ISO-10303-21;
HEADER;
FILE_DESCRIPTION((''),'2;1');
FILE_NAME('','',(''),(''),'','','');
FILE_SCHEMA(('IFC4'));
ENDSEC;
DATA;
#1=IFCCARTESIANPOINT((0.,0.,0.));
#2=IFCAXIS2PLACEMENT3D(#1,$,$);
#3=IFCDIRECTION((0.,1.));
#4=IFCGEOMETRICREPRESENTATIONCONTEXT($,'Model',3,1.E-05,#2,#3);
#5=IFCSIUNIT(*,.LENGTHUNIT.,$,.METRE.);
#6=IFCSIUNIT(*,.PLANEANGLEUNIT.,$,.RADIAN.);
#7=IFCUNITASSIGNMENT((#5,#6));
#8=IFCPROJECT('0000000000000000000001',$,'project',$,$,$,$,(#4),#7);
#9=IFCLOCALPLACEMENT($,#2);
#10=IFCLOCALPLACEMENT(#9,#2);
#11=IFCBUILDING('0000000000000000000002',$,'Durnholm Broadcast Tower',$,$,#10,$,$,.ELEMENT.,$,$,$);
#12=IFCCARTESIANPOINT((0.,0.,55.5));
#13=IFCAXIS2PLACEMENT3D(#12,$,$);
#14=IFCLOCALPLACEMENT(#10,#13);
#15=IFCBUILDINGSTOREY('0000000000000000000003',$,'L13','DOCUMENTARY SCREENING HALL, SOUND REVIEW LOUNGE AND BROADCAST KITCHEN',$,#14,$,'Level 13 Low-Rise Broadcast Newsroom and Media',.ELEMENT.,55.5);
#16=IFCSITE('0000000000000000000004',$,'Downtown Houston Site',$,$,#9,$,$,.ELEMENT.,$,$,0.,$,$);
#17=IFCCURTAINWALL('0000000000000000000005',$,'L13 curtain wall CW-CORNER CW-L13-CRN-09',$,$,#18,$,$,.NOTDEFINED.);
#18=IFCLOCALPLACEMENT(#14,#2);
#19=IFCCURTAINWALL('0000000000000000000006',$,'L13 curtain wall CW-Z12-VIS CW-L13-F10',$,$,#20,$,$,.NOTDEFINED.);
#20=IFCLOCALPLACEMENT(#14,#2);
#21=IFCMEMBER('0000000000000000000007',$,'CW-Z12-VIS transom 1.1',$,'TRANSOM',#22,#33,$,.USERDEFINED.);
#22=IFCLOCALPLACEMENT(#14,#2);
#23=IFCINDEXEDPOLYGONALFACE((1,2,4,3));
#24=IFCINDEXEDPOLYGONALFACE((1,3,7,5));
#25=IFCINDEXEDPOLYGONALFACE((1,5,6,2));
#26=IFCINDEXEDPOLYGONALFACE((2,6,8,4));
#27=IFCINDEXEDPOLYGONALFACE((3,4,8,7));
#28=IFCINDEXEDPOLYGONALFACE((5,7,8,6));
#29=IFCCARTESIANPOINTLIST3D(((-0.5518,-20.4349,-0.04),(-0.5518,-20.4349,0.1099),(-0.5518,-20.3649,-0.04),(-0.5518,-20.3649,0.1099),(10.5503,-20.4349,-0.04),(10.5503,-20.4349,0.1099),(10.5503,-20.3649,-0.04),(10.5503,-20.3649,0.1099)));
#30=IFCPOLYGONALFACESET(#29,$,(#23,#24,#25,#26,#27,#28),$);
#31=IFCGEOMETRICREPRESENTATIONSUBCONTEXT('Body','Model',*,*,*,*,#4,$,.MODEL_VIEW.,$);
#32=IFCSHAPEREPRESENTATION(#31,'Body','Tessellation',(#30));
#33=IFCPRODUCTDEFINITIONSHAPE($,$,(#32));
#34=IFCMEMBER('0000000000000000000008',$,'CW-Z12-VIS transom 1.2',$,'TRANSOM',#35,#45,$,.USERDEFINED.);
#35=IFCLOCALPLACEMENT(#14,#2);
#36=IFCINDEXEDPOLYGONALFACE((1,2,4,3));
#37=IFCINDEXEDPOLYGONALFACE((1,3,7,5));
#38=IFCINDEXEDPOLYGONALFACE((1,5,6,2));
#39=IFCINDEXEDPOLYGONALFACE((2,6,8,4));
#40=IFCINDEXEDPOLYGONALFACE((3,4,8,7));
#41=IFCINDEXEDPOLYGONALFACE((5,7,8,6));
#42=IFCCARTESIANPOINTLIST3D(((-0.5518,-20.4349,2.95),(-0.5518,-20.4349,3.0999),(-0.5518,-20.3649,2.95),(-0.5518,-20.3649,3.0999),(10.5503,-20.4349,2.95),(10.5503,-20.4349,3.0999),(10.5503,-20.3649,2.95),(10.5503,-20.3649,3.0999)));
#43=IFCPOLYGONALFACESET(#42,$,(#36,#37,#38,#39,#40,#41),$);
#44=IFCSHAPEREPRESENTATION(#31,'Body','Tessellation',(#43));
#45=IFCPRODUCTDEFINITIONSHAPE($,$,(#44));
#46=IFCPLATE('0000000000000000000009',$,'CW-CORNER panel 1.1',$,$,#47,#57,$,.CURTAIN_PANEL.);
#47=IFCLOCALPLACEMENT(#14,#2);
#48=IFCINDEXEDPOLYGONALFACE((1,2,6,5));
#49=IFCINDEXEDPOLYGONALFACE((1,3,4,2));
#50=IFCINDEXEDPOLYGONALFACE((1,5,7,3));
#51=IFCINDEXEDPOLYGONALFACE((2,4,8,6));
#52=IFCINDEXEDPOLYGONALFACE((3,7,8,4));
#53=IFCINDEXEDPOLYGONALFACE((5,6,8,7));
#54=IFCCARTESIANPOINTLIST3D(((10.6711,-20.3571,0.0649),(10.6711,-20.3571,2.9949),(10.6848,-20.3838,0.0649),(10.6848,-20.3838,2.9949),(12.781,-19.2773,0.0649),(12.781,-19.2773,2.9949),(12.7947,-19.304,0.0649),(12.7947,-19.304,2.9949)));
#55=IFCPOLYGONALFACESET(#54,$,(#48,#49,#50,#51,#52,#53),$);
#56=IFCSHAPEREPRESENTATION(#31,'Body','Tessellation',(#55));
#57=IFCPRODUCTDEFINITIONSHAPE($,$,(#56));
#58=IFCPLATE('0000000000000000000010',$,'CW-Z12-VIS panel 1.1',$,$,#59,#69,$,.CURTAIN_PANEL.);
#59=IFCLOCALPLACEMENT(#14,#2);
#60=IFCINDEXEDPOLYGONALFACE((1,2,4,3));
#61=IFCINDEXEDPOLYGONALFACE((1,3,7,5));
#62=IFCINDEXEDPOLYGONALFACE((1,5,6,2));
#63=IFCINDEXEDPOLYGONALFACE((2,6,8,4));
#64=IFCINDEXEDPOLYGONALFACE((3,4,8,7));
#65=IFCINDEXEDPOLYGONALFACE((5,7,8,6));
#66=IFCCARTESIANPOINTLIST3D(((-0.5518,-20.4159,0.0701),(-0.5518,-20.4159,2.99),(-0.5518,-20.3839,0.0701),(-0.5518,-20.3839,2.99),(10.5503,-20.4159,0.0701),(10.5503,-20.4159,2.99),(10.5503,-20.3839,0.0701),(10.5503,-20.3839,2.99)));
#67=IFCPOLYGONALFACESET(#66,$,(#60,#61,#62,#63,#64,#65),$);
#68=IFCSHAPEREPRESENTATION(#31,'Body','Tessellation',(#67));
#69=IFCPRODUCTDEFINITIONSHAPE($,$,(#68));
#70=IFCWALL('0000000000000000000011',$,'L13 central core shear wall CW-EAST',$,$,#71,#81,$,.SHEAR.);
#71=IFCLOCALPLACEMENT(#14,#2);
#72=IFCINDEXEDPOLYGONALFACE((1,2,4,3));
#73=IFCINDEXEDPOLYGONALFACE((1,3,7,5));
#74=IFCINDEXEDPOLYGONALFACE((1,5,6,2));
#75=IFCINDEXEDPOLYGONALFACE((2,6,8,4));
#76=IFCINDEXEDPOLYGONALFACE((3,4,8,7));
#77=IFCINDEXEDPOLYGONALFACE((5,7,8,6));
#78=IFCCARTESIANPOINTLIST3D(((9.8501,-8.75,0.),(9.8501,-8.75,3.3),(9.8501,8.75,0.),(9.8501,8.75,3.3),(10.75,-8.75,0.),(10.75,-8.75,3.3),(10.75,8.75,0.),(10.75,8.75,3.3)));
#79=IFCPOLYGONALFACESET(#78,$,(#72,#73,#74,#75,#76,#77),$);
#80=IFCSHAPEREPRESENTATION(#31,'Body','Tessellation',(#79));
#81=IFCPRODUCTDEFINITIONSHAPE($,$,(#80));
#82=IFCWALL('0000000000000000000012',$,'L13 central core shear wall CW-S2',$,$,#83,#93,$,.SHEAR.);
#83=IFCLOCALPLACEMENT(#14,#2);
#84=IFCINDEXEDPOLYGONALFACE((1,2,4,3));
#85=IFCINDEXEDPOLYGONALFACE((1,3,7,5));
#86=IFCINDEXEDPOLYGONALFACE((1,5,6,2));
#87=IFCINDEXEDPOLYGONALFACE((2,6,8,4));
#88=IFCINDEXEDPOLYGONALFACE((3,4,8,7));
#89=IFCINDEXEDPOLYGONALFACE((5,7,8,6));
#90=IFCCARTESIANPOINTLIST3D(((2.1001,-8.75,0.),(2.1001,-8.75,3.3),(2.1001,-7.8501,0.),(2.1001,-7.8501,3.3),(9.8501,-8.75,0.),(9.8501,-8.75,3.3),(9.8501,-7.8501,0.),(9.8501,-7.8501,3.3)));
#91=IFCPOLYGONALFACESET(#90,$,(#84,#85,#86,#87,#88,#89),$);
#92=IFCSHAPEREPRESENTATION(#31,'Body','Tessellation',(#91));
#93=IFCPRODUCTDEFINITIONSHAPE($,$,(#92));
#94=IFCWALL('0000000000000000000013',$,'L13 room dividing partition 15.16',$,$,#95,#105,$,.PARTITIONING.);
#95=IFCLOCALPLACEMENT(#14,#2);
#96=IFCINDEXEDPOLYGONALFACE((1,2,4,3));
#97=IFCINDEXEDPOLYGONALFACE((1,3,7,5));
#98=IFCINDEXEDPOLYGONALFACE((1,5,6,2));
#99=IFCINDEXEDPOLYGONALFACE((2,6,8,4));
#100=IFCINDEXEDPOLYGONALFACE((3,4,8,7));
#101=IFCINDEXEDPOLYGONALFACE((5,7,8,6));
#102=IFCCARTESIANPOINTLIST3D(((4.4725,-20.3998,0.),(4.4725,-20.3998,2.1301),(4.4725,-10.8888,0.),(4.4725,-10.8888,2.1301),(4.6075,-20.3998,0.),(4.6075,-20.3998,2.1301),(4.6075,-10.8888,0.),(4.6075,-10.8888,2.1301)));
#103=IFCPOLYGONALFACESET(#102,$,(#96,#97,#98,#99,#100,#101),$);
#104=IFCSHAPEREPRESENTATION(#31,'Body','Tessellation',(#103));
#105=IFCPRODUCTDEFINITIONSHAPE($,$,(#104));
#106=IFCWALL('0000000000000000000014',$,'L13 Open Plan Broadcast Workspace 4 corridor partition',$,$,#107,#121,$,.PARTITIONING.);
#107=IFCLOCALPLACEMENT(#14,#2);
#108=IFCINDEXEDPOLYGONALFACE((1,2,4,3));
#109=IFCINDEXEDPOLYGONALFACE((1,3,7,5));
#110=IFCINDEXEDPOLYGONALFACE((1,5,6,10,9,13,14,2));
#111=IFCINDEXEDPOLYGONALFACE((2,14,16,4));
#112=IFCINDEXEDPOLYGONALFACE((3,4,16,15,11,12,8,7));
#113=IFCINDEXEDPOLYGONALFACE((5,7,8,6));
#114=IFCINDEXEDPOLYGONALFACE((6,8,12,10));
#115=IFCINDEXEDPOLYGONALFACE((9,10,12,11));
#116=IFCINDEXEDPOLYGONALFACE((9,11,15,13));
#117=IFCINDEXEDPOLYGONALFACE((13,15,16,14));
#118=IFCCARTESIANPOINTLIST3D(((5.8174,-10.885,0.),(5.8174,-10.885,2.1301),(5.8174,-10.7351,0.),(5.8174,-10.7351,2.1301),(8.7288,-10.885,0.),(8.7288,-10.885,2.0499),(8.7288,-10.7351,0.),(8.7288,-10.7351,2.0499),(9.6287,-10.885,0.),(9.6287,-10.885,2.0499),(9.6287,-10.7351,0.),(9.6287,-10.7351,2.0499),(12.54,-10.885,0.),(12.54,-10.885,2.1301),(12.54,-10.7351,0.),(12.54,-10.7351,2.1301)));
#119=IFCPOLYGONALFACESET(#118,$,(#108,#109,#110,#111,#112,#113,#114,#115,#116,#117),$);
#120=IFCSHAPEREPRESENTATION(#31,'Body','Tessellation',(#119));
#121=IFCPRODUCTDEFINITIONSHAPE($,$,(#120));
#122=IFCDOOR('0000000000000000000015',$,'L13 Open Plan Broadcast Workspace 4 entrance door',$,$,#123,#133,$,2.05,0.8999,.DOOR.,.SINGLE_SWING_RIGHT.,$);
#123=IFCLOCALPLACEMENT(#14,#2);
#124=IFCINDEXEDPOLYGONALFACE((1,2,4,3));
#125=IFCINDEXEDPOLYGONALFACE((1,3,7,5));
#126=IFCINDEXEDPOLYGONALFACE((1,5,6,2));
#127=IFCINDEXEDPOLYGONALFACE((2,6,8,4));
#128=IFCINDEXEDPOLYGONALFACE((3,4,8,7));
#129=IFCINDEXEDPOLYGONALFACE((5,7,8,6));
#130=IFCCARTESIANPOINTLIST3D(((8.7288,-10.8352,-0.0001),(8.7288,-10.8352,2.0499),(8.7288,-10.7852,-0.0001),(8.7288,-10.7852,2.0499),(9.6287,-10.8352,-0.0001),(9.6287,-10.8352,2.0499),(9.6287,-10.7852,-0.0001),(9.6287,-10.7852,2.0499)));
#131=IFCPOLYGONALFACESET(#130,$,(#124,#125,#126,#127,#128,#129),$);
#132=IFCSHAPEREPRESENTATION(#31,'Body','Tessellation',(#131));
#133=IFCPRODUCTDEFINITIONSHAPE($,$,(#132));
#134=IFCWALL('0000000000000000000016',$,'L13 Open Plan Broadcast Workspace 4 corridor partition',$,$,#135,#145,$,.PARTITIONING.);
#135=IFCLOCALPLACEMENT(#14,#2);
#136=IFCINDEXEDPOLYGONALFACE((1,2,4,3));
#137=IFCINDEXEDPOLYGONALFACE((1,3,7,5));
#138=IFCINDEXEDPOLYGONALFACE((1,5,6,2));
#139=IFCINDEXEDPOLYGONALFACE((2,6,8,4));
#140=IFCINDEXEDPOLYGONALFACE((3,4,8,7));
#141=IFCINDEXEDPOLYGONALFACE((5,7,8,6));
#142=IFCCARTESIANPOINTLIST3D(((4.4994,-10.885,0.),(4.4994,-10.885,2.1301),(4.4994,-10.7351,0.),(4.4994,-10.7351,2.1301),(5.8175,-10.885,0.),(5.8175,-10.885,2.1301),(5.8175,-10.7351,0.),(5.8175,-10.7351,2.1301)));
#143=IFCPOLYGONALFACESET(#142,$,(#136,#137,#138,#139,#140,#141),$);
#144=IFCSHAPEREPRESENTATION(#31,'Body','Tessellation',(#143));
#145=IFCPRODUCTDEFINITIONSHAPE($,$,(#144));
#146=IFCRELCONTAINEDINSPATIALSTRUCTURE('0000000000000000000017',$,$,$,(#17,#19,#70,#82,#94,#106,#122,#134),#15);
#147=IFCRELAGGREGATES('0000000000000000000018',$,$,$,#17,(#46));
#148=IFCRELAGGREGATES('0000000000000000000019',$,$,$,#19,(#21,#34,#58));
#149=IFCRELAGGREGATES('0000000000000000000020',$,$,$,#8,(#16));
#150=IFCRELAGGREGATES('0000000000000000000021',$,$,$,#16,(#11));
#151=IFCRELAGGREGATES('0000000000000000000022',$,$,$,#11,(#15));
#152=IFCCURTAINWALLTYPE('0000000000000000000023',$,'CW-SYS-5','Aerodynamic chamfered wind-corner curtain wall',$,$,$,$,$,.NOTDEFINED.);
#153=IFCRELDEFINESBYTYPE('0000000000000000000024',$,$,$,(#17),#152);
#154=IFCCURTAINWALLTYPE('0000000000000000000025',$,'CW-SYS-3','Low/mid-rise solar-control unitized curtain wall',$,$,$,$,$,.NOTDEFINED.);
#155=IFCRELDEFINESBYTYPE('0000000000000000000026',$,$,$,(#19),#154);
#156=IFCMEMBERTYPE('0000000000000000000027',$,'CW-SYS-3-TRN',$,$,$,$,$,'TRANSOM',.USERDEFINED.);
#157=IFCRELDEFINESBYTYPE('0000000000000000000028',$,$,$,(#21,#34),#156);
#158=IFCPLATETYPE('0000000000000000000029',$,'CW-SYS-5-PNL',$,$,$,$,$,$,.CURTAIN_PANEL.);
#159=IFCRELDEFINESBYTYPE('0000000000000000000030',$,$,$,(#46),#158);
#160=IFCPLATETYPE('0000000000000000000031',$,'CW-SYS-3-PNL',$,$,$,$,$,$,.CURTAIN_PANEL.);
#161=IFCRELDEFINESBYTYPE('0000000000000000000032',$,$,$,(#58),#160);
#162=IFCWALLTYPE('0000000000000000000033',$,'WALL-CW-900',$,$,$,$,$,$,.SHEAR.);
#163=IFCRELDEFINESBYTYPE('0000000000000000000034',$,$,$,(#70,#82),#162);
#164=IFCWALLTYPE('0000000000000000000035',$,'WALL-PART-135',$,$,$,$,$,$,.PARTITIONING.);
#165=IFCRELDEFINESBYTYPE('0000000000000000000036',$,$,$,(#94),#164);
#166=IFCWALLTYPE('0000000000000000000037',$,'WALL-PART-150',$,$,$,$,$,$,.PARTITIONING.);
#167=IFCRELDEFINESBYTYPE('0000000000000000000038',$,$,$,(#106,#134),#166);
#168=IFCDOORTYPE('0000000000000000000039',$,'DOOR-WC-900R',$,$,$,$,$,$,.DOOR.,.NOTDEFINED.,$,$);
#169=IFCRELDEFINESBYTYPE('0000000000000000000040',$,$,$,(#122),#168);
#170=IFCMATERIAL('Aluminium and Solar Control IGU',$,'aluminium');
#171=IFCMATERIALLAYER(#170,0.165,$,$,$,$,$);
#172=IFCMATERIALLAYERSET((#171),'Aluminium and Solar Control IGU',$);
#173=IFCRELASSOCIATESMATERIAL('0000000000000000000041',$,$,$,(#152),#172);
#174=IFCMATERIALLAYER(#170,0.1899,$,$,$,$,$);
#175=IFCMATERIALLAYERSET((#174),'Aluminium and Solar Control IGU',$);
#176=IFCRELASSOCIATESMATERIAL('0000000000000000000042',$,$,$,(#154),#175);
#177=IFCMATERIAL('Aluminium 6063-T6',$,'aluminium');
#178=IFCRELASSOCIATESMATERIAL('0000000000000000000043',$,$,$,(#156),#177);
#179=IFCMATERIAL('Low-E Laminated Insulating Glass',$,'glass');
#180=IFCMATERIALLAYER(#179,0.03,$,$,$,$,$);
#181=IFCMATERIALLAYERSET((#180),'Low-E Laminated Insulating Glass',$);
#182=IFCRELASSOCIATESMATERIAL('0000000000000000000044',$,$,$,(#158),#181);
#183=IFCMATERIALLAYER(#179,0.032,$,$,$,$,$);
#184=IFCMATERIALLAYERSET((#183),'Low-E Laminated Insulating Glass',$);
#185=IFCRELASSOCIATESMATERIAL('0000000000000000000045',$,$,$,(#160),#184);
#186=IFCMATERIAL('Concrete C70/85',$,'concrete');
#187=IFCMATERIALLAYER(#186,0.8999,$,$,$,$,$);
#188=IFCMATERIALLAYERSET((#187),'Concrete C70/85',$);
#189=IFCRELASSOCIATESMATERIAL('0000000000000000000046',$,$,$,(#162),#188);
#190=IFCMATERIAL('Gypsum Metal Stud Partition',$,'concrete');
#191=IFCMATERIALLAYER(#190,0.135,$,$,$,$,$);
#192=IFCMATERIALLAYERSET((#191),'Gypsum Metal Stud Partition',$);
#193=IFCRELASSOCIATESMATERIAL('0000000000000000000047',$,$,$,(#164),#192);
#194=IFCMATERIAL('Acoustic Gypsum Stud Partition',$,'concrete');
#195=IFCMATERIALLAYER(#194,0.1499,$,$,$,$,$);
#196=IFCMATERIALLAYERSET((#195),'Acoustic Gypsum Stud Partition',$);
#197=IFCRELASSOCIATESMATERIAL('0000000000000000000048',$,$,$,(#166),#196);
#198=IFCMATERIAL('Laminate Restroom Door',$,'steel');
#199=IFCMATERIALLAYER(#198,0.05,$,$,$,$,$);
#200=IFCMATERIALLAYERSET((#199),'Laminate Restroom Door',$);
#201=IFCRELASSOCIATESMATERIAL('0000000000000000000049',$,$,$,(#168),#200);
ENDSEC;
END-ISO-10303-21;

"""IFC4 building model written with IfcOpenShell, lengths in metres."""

from ifc_helpers import new_model, si_unit, direction, frame, frame_2d, origin, origin_2d, place, context, subcontext, project, spatial, rectangle, extrude, source, transform, mapped, material, layer, layer_set, material_profile, profile_set, type_object, type_shapes, element, fill, aggregate, save


model = new_model("IFC4")

# Units and contexts
model_context = context("Model", 3, precision=1e-05, world=origin(), true_north=direction((0.0, 1.0)))
body_context = subcontext(model_context, "Body", "Model", "MODEL_VIEW")
ifc_project = project(units=[si_unit("LENGTHUNIT", "METRE"), si_unit("PLANEANGLEUNIT", "RADIAN")], contexts=[model_context])

# Site, building, storey
site_placement = place(None, origin())
site = spatial("IfcSite", under=ifc_project, at=site_placement, Name="Downtown Houston Site", CompositionType="ELEMENT", RefElevation=0.0)
building_placement = place(site_placement, origin())
building = spatial("IfcBuilding", under=site, at=building_placement, Name="Durnholm Broadcast Tower", CompositionType="ELEMENT")
storey_placement = place(building_placement, frame((0.0, 0.0, 55.5)))
storey = spatial("IfcBuildingStorey", under=building, at=storey_placement, Name="L13", Description="DOCUMENTARY SCREENING HALL, SOUND REVIEW LOUNGE AND BROADCAST KITCHEN", LongName="Level 13 Low-Rise Broadcast Newsroom and Media", CompositionType="ELEMENT", Elevation=55.5)

# Shared definitions
ifc_material_1 = material(Name="Concrete C70/85", Category="concrete")

# Curtain wall
ifc_material_2 = material(Name="Aluminium and Solar Control IGU", Category="aluminium")
ifc_layer_1 = layer(ifc_material_2, 0.165)
ifc_layer_set_1 = layer_set([ifc_layer_1], Name="Aluminium and Solar Control IGU")
curtain_wall_type_1 = type_object("IfcCurtainWallType", Name="CW-SYS-5", Description="Aerodynamic chamfered wind-corner curtain wall", PredefinedType="NOTDEFINED", material=ifc_layer_set_1)
curtain_wall_1_placement = place(storey_placement, origin())
curtain_wall_1 = element("IfcCurtainWall", 1, at=curtain_wall_1_placement, inside=storey, type_object=curtain_wall_type_1, Name="L13 curtain wall CW-CORNER CW-L13-CRN-09", PredefinedType="NOTDEFINED")
ifc_material_3 = material(Name="Aluminium 6063-T6", Category="aluminium")

# Curtain wall, members
ifc_layer_2 = layer(ifc_material_2, 0.1899)
ifc_layer_set_2 = layer_set([ifc_layer_2], Name="Aluminium and Solar Control IGU")
curtain_wall_type_2 = type_object("IfcCurtainWallType", Name="CW-SYS-3", Description="Low/mid-rise solar-control unitized curtain wall", PredefinedType="NOTDEFINED", material=ifc_layer_set_2)
curtain_wall_2_placement = place(storey_placement, origin())
curtain_wall_2 = element("IfcCurtainWall", 2, at=curtain_wall_2_placement, inside=storey, type_object=curtain_wall_type_2, Name="L13 curtain wall CW-Z12-VIS CW-L13-F10", PredefinedType="NOTDEFINED")
ifc_material_profile_1 = material_profile(ifc_material_3, rectangle(XDim=0.0701, YDim=0.1499, at=origin_2d()), Name="CWT70X150")
ifc_profile_set_1 = profile_set([ifc_material_profile_1], Name="Aluminium 6063-T6")
member_type_1 = type_object("IfcMemberType", Name="CW-SYS-3-TRN", ElementType="TRANSOM", PredefinedType="USERDEFINED", material=ifc_profile_set_1)
shared_shape_1 = source(origin(), body_context, "Body", "SweptSolid", [
    extrude(rectangle(XDim=0.0701, YDim=0.1499, at=origin_2d()), origin(), (0.0, 0.0, 1.0), 11.1021),
])
type_shapes(member_type_1, [shared_shape_1])
member_1_placement = place(storey_placement, frame((10.5503, -20.3999, 0.0349), z_axis=(-1.0, 0.0, 0.0), x_axis=(0.0, -1.0, 0.0)))
member_1 = element("IfcMember", 3, at=member_1_placement, type_object=member_type_1, Name="CW-Z12-VIS transom 1.1", ObjectType="TRANSOM", PredefinedType="USERDEFINED", context=body_context, shape_type="MappedRepresentation", body=[
    mapped(shared_shape_1, transform((0.0, 0.0, 0.0), x_axis=(1.0, 0.0, 0.0), y_axis=(0.0, 1.0, 0.0), z_axis=(0.0, 0.0, 1.0), scale=1.0)),
])
member_2_placement = place(storey_placement, frame((10.5503, -20.3999, 3.0249), z_axis=(-1.0, 0.0, 0.0), x_axis=(0.0, -1.0, 0.0)))
member_2 = element("IfcMember", 4, at=member_2_placement, type_object=member_type_1, Name="CW-Z12-VIS transom 1.2", ObjectType="TRANSOM", PredefinedType="USERDEFINED", context=body_context, shape_type="MappedRepresentation", body=[
    mapped(shared_shape_1, transform((0.0, 0.0, 0.0), x_axis=(1.0, 0.0, 0.0), y_axis=(0.0, 1.0, 0.0), z_axis=(0.0, 0.0, 1.0), scale=1.0)),
])

# Plates
ifc_material_4 = material(Name="Low-E Laminated Insulating Glass", Category="glass")
ifc_layer_3 = layer(ifc_material_4, 0.03)
ifc_layer_set_3 = layer_set([ifc_layer_3], Name="Low-E Laminated Insulating Glass")
plate_type_1 = type_object("IfcPlateType", Name="CW-SYS-5-PNL", PredefinedType="CURTAIN_PANEL", material=ifc_layer_set_3)
shared_shape_2 = source(origin(), body_context, "Body", "SweptSolid", [
    extrude(rectangle(XDim=2.3701, YDim=0.03, at=origin_2d()), origin(), (0.0, 0.0, 1.0), 2.9299),
])
type_shapes(plate_type_1, [shared_shape_2])
plate_1_placement = place(storey_placement, frame((11.7329, -19.8306, 0.0649), z_axis=(0.0, 0.0, 1.0), x_axis=(-0.890188, -0.455594, 0.0)))
plate_1 = element("IfcPlate", 5, at=plate_1_placement, type_object=plate_type_1, Name="CW-CORNER panel 1.1", PredefinedType="CURTAIN_PANEL", context=body_context, shape_type="MappedRepresentation", body=[
    mapped(shared_shape_2, transform((0.0, 0.0, 0.0), x_axis=(1.0, 0.0, 0.0), y_axis=(0.0, 1.0, 0.0), z_axis=(0.0, 0.0, 1.0), scale=1.0)),
])
aggregate(curtain_wall_1, [plate_1])
ifc_layer_4 = layer(ifc_material_4, 0.032)
ifc_layer_set_4 = layer_set([ifc_layer_4], Name="Low-E Laminated Insulating Glass")
plate_type_2 = type_object("IfcPlateType", Name="CW-SYS-3-PNL", PredefinedType="CURTAIN_PANEL", material=ifc_layer_set_4)
shared_shape_3 = source(origin(), body_context, "Body", "SweptSolid", [
    extrude(rectangle(XDim=11.1021, YDim=0.032, at=origin_2d()), origin(), (0.0, 0.0, 1.0), 2.9199),
])
type_shapes(plate_type_2, [shared_shape_3])
plate_2_placement = place(storey_placement, frame((4.9993, -20.3999, 0.0701), z_axis=(0.0, 0.0, 1.0), x_axis=(-1.0, 0.0, 0.0)))
plate_2 = element("IfcPlate", 6, at=plate_2_placement, type_object=plate_type_2, Name="CW-Z12-VIS panel 1.1", PredefinedType="CURTAIN_PANEL", context=body_context, shape_type="MappedRepresentation", body=[
    mapped(shared_shape_3, transform((0.0, 0.0, 0.0), x_axis=(1.0, 0.0, 0.0), y_axis=(0.0, 1.0, 0.0), z_axis=(0.0, 0.0, 1.0), scale=1.0)),
])
aggregate(curtain_wall_2, [member_1, member_2, plate_2])

# Walls
ifc_layer_5 = layer(ifc_material_1, 0.8999)
ifc_layer_set_5 = layer_set([ifc_layer_5], Name="Concrete C70/85")
wall_type_1 = type_object("IfcWallType", Name="WALL-CW-900", PredefinedType="SHEAR", material=ifc_layer_set_5)
wall_1_placement = place(storey_placement, frame((10.3, -8.75, 0.0), z_axis=(0.0, 0.0, 1.0), x_axis=(0.0, 1.0, 0.0)))
element("IfcWall", 7, at=wall_1_placement, inside=storey, type_object=wall_type_1, Name="L13 central core shear wall CW-EAST", PredefinedType="SHEAR", context=body_context, shape_type="SweptSolid", body=[
    extrude(rectangle(XDim=17.5, YDim=0.8999, at=frame_2d((8.75, 0.0))), origin(), (0.0, 0.0, 1.0), 3.3),
])
wall_2_placement = place(storey_placement, frame((2.1001, -8.3, 0.0), z_axis=(0.0, 0.0, 1.0), x_axis=(1.0, 0.0, 0.0)))
element("IfcWall", 8, at=wall_2_placement, inside=storey, type_object=wall_type_1, Name="L13 central core shear wall CW-S2", PredefinedType="SHEAR", context=body_context, shape_type="SweptSolid", body=[
    extrude(rectangle(XDim=7.75, YDim=0.8999, at=frame_2d((3.875, 0.0))), origin(), (0.0, 0.0, 1.0), 3.3),
])
ifc_material_5 = material(Name="Gypsum Metal Stud Partition", Category="concrete")
ifc_layer_6 = layer(ifc_material_5, 0.135)
ifc_layer_set_6 = layer_set([ifc_layer_6], Name="Gypsum Metal Stud Partition")
wall_type_2 = type_object("IfcWallType", Name="WALL-PART-135", PredefinedType="PARTITIONING", material=ifc_layer_set_6)
wall_3_placement = place(storey_placement, frame((4.54, -10.8889, 0.0), z_axis=(0.0, 0.0, 1.0), x_axis=(0.0, -1.0, 0.0)))
element("IfcWall", 9, at=wall_3_placement, inside=storey, type_object=wall_type_2, Name="L13 room dividing partition 15.16", PredefinedType="PARTITIONING", context=body_context, shape_type="SweptSolid", body=[
    extrude(rectangle(XDim=9.511, YDim=0.135, at=frame_2d((4.7554, 0.0))), origin(), (0.0, 0.0, 1.0), 2.1301),
])

# Wall, opening, door
ifc_material_6 = material(Name="Acoustic Gypsum Stud Partition", Category="concrete")
ifc_layer_7 = layer(ifc_material_6, 0.1499)
ifc_layer_set_7 = layer_set([ifc_layer_7], Name="Acoustic Gypsum Stud Partition")
wall_type_3 = type_object("IfcWallType", Name="WALL-PART-150", PredefinedType="PARTITIONING", material=ifc_layer_set_7)
wall_4_placement = place(storey_placement, frame((5.8174, -10.8101, 0.0), z_axis=(0.0, 0.0, 1.0), x_axis=(1.0, 0.0, 0.0)))
wall_4 = element("IfcWall", 10, at=wall_4_placement, inside=storey, type_object=wall_type_3, Name="L13 Open Plan Broadcast Workspace 4 corridor partition", PredefinedType="PARTITIONING", context=body_context, shape_type="SweptSolid", body=[
    extrude(rectangle(XDim=6.7227, YDim=0.1499, at=frame_2d((3.3613, 0.0))), origin(), (0.0, 0.0, 1.0), 2.1301),
])
opening_placement = place(wall_4_placement, frame((2.9114, 0.0, 0.0)))
opening = element("IfcOpeningElement", 11, at=opening_placement, cuts=wall_4, PredefinedType="OPENING", context=body_context, shape_type="SweptSolid", body=[
    extrude(rectangle(XDim=0.8999, YDim=2.05, at=frame_2d((0.45, 1.0249))), frame((0.0, 0.085, 0.0), z_axis=(0.0, -1.0, 0.0), x_axis=(1.0, 0.0, 0.0)), (0.0, 0.0, 1.0), 0.1699),
])
ifc_material_7 = material(Name="Laminate Restroom Door", Category="steel")
ifc_layer_8 = layer(ifc_material_7, 0.05)
ifc_layer_set_8 = layer_set([ifc_layer_8], Name="Laminate Restroom Door")
door_type = type_object("IfcDoorType", Name="DOOR-WC-900R", OperationType="NOTDEFINED", PredefinedType="DOOR", material=ifc_layer_set_8)
shared_shape_4 = source(origin(), body_context, "Body", "SweptSolid", [
    extrude(rectangle(XDim=0.8999, YDim=2.05, at=frame_2d((0.45, 1.0249))), frame((0.0, 0.0249, 0.0), z_axis=(0.0, -1.0, 0.0), x_axis=(1.0, 0.0, 0.0)), (0.0, 0.0, 1.0), 0.05),
])
type_shapes(door_type, [shared_shape_4])
door_placement = place(opening_placement, origin())
door = element("IfcDoor", 12, at=door_placement, inside=storey, type_object=door_type, Name="L13 Open Plan Broadcast Workspace 4 entrance door", OperationType="SINGLE_SWING_RIGHT", OverallHeight=2.05, OverallWidth=0.8999, PredefinedType="DOOR", context=body_context, shape_type="MappedRepresentation", body=[
    mapped(shared_shape_4, transform((0.0, 0.0, 0.0), x_axis=(1.0, 0.0, 0.0), y_axis=(0.0, 1.0, 0.0), z_axis=(0.0, 0.0, 1.0), scale=1.0)),
])
fill(opening, door)

# Wall
wall_5_placement = place(storey_placement, frame((4.4993, -10.8101, 0.0), z_axis=(0.0, 0.0, 1.0), x_axis=(1.0, 0.0, 0.0)))
element("IfcWall", 13, at=wall_5_placement, inside=storey, type_object=wall_type_3, Name="L13 Open Plan Broadcast Workspace 4 corridor partition", PredefinedType="PARTITIONING", context=body_context, shape_type="SweptSolid", body=[
    extrude(rectangle(XDim=1.3181, YDim=0.1499, at=frame_2d((0.6592, 0.0))), origin(), (0.0, 0.0, 1.0), 2.1301),
])

save(model, "model.ifc")
